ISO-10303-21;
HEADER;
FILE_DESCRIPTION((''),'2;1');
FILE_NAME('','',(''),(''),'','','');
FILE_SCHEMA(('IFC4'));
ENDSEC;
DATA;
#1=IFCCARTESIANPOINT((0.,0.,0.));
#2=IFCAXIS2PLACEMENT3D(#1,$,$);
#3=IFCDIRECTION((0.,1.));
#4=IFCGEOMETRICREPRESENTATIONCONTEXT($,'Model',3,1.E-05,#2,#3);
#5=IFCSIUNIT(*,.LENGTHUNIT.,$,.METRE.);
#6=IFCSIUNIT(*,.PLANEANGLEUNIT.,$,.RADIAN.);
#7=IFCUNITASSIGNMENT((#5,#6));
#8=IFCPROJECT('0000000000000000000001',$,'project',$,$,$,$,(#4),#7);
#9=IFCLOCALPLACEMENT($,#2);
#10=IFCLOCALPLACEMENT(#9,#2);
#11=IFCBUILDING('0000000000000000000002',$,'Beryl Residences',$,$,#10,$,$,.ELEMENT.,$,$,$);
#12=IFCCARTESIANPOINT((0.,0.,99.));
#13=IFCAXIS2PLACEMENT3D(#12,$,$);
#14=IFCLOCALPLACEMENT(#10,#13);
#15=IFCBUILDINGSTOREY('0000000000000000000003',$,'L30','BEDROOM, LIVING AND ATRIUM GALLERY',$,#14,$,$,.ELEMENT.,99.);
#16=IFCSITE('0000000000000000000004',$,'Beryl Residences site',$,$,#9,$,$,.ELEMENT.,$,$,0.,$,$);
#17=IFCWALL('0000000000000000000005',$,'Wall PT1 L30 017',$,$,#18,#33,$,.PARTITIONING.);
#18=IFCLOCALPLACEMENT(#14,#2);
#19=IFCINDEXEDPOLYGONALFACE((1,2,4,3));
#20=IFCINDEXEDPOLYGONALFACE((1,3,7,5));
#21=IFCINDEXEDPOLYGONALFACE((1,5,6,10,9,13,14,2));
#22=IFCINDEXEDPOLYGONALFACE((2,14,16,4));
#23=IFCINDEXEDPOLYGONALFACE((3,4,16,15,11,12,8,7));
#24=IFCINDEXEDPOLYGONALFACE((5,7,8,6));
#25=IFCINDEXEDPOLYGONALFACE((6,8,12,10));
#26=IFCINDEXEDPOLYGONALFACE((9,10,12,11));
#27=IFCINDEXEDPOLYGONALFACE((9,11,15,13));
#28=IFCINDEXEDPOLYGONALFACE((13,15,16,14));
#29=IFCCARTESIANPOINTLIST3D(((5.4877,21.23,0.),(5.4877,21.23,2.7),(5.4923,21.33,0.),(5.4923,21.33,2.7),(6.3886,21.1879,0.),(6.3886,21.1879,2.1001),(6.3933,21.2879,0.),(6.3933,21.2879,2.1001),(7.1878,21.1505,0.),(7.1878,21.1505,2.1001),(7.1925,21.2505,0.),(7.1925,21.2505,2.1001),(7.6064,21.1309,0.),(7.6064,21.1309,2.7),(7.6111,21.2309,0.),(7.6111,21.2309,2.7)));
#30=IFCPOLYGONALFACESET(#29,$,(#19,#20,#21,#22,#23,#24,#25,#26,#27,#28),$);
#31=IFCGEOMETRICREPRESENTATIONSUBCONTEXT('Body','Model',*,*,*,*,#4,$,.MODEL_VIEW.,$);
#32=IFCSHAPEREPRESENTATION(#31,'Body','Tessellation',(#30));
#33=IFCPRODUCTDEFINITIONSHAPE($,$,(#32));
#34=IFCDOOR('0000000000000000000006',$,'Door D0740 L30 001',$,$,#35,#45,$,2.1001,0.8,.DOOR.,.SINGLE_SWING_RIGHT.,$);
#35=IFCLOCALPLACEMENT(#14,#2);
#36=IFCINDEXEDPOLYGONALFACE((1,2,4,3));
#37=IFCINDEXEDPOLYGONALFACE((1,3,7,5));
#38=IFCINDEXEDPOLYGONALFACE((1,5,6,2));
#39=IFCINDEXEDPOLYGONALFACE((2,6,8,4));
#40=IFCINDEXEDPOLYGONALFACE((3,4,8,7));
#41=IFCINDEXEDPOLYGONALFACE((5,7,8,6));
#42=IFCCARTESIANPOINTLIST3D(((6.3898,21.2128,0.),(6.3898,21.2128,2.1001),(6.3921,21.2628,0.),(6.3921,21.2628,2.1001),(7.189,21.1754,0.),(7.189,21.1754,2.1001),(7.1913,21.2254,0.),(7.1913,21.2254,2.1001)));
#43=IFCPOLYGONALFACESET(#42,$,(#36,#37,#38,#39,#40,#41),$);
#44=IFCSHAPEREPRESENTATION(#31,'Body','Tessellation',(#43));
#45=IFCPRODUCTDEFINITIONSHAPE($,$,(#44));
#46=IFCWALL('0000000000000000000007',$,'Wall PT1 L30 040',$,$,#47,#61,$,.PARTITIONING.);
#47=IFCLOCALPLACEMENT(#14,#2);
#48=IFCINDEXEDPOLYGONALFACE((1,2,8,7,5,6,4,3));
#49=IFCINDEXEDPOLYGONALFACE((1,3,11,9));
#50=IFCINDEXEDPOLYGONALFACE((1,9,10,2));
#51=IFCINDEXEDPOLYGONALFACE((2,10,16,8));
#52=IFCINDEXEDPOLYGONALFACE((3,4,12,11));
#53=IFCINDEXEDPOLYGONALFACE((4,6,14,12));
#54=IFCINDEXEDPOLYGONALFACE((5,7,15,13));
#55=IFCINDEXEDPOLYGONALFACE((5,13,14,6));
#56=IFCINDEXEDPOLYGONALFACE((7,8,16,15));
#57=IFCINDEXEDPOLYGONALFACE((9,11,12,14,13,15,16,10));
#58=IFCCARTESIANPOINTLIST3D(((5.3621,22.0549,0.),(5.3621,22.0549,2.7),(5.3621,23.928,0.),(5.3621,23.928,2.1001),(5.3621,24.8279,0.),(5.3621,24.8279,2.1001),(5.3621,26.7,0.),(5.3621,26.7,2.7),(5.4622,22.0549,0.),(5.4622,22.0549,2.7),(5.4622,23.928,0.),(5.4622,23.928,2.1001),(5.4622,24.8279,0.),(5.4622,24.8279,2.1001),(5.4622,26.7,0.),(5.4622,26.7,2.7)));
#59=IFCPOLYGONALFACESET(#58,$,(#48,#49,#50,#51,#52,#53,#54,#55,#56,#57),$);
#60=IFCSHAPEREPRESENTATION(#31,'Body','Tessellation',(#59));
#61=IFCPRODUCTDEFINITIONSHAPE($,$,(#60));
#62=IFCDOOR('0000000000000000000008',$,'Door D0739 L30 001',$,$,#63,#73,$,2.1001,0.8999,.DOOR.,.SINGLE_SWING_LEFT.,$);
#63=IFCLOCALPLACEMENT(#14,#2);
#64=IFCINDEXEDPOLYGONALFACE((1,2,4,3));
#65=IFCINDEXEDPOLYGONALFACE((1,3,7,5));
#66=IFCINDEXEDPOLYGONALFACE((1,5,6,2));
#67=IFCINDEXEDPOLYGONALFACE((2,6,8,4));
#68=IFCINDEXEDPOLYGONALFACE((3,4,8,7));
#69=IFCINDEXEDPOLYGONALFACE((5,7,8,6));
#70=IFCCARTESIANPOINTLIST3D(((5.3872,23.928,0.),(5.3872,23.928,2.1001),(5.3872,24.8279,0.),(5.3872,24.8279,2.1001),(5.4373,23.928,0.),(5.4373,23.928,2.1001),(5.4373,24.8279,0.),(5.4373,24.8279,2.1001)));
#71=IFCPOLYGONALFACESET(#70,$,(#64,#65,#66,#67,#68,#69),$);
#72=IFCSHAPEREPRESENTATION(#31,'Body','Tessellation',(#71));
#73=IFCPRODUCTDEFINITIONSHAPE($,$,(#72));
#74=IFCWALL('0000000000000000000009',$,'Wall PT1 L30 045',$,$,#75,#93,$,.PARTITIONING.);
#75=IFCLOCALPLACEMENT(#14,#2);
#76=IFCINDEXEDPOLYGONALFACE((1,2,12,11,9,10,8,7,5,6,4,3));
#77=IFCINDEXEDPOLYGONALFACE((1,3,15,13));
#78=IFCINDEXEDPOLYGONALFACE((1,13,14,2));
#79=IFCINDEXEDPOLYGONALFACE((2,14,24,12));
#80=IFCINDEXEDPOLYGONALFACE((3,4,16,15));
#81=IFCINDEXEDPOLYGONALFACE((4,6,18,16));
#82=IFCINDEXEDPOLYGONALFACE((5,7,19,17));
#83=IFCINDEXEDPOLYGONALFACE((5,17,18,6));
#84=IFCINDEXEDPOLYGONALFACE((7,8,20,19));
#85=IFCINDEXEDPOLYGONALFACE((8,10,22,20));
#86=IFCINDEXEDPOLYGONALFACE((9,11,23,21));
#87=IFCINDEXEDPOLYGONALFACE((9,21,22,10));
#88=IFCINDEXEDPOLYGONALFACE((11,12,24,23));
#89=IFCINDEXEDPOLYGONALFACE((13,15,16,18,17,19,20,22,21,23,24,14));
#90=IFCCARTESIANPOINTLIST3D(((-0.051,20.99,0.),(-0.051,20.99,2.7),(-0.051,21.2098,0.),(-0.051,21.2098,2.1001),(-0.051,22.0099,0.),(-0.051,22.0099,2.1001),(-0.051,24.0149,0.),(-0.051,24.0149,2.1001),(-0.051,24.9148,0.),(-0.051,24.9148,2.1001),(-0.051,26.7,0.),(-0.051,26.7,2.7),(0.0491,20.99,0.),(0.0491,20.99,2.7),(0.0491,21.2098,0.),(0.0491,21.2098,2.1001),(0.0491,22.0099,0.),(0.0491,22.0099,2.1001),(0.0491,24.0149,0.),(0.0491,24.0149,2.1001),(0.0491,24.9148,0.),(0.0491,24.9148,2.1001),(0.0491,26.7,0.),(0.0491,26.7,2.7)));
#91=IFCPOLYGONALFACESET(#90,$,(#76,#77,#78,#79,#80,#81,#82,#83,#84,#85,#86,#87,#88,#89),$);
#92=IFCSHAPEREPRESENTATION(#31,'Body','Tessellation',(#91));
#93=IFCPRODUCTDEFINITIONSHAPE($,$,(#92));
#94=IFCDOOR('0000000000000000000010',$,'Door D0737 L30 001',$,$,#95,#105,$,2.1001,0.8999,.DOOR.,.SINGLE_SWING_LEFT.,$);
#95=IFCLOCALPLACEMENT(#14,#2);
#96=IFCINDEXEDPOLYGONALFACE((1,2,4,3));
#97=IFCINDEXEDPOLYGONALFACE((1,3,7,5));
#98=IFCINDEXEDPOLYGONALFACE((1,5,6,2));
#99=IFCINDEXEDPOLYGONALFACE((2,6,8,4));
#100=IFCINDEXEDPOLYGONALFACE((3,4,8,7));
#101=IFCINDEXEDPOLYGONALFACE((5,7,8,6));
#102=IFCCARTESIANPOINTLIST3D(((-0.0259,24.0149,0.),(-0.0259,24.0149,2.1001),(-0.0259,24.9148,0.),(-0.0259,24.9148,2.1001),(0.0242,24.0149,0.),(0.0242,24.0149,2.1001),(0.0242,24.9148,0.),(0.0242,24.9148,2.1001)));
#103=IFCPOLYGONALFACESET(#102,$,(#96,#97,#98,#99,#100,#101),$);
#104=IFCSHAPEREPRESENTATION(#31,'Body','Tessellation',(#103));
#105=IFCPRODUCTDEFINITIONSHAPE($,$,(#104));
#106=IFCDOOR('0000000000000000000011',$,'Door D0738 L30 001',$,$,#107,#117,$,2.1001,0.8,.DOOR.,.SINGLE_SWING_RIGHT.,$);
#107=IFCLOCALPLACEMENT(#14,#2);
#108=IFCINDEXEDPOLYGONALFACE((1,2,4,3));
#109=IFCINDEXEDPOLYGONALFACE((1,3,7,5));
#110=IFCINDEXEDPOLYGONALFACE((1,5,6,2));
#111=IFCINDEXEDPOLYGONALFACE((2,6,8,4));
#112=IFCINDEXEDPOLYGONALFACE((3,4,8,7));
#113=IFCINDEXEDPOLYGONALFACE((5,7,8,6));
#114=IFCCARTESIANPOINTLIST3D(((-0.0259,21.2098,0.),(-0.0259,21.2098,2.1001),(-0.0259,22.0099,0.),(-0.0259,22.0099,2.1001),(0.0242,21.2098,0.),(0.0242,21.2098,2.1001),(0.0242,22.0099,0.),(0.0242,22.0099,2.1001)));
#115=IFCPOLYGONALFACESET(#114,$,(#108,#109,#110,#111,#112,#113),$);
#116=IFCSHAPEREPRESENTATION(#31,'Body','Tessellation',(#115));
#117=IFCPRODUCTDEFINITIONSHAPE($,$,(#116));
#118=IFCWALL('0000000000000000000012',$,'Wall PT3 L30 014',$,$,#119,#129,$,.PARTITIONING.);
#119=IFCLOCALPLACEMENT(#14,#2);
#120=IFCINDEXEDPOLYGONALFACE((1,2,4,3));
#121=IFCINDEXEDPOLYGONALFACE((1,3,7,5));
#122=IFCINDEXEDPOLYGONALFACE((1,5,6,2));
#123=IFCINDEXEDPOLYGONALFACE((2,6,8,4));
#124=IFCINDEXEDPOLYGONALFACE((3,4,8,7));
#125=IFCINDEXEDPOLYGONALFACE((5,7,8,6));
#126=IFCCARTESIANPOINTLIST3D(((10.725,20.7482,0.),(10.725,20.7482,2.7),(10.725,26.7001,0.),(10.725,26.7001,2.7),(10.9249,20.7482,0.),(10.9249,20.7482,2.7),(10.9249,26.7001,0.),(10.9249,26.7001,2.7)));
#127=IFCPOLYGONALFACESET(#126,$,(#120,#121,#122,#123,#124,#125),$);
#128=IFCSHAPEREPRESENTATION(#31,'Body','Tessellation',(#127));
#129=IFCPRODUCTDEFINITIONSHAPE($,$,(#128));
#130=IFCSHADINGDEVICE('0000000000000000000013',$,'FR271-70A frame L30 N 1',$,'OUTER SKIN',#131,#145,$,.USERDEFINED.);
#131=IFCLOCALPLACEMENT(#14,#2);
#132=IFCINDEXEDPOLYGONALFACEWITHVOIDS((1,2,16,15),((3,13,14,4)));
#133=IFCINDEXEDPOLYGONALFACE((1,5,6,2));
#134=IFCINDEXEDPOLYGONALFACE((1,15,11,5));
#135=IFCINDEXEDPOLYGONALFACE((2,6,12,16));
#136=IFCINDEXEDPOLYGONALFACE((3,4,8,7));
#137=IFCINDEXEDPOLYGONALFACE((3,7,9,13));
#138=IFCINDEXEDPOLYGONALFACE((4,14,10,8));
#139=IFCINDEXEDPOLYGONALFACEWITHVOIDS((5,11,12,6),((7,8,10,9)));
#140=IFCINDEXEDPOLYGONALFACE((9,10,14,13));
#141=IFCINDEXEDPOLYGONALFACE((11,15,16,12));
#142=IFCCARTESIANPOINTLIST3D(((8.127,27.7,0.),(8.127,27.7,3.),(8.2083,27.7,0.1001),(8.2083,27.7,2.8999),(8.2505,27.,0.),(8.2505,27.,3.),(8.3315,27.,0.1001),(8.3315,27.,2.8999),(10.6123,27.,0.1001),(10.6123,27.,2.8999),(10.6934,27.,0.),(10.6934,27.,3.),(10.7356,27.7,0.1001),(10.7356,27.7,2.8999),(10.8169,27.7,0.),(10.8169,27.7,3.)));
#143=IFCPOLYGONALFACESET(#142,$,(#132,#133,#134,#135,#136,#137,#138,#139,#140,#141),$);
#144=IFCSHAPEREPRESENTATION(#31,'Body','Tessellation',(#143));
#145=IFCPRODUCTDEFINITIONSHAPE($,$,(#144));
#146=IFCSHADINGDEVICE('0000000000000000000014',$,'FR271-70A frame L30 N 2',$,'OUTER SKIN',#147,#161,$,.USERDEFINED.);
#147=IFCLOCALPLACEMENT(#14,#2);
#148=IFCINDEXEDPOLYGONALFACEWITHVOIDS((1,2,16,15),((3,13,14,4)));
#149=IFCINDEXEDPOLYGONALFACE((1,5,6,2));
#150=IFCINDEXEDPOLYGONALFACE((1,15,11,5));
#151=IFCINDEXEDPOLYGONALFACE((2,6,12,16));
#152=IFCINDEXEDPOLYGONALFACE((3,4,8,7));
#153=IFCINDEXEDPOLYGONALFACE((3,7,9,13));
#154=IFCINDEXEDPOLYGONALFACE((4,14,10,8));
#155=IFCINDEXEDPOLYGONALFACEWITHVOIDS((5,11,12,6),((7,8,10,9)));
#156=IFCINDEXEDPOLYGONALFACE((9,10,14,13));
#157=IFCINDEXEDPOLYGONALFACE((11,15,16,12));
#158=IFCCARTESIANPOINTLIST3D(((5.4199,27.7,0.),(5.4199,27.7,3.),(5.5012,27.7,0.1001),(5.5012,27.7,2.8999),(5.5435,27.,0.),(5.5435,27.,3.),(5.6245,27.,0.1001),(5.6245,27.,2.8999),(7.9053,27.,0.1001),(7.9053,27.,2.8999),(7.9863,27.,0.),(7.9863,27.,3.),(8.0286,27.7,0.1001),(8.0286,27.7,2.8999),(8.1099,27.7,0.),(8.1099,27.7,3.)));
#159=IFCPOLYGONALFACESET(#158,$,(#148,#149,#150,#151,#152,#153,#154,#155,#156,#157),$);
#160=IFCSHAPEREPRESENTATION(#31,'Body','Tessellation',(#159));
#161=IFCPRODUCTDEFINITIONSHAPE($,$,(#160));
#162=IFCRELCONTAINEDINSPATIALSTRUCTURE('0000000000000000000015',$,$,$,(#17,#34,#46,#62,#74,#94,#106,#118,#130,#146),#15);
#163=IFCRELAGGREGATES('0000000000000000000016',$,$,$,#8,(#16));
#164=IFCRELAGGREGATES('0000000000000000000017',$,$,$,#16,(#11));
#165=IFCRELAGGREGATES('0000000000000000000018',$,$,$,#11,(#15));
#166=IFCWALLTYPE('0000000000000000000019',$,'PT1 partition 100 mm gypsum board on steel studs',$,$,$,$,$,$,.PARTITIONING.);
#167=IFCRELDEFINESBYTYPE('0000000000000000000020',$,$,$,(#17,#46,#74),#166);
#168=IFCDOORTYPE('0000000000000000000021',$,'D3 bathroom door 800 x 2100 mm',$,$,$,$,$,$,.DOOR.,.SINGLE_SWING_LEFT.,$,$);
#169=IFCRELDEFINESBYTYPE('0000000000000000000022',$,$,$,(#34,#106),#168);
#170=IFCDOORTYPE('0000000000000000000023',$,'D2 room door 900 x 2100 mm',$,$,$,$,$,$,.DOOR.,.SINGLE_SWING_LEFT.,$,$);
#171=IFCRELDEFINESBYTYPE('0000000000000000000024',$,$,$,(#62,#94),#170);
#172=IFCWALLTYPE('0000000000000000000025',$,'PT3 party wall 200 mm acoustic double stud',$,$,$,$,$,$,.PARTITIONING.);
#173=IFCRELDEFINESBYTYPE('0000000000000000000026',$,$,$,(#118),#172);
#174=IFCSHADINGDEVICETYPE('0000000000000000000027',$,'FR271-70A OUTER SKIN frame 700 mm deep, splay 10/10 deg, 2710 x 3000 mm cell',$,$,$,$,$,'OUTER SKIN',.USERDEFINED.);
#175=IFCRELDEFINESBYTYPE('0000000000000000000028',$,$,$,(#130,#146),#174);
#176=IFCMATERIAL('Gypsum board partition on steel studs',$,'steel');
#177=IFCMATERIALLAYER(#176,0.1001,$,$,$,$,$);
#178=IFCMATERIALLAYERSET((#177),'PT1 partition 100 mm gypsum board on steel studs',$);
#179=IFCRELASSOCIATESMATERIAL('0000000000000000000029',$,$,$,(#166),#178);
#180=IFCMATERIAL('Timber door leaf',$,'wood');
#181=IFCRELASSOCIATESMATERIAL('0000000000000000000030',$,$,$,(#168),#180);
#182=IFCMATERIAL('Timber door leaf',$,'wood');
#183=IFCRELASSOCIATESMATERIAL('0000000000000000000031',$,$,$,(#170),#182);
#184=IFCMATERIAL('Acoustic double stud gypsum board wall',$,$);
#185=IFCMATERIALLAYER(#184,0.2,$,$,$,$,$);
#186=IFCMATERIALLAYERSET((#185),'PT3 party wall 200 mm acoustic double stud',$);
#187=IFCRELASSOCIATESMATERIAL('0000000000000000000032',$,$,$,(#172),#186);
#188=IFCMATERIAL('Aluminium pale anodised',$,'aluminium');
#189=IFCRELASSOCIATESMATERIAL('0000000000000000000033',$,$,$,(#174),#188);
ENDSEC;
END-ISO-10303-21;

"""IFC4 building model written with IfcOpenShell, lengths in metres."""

from ifc_helpers import new_model, entity, si_unit, direction, frame, frame_2d, origin, place, context, subcontext, project, spatial, rectangle, extrude, source, transform, mapped, material, layer, layer_set, type_object, type_shapes, element, fill, save


model = new_model("IFC4")

# Units and contexts
model_context = context("Model", 3, precision=1e-05, world=origin(), true_north=direction((0.0, 1.0)))
body_context = subcontext(model_context, "Body", "Model", "MODEL_VIEW")
ifc_project = project(units=[si_unit("LENGTHUNIT", "METRE"), si_unit("PLANEANGLEUNIT", "RADIAN")], contexts=[model_context])

# Site, building, storey
site_placement = place(None, origin())
site = spatial("IfcSite", under=ifc_project, at=site_placement, Name="Beryl Residences site", CompositionType="ELEMENT", RefElevation=0.0)
building_placement = place(site_placement, origin())
building = spatial("IfcBuilding", under=site, at=building_placement, Name="Beryl Residences", CompositionType="ELEMENT")
storey_placement = place(building_placement, frame((0.0, 0.0, 99.0)))
storey = spatial("IfcBuildingStorey", under=building, at=storey_placement, Name="L30", Description="BEDROOM, LIVING AND ATRIUM GALLERY", CompositionType="ELEMENT", Elevation=99.0)

# Shared definitions
ifc_material_1 = material(Name="Gypsum board partition on steel studs", Category="steel")
ifc_layer_1 = layer(ifc_material_1, 0.1001)
ifc_layer_set_1 = layer_set([ifc_layer_1], Name="PT1 partition 100 mm gypsum board on steel studs")
wall_type_1 = type_object("IfcWallType", Name="PT1 partition 100 mm gypsum board on steel studs", PredefinedType="PARTITIONING", material=ifc_layer_set_1)

# Shared definitions
ifc_material_2 = material(Name="Timber door leaf", Category="wood")
door_type_1 = type_object("IfcDoorType", Name="D3 bathroom door 800 x 2100 mm", OperationType="SINGLE_SWING_LEFT", PredefinedType="DOOR", material=ifc_material_2)

# Walls, openings, doors
wall_1_placement = place(storey_placement, frame((5.49, 21.28, 0.0), z_axis=(0.0, 0.0, 1.0), x_axis=(0.998908, -0.046728, 0.0)))
wall_1 = element("IfcWall", 1, at=wall_1_placement, inside=storey, type_object=wall_type_1, Name="Wall PT1 L30 017", PredefinedType="PARTITIONING", context=body_context, shape_type="SweptSolid", body=[
    extrude(rectangle(XDim=2.1211, YDim=0.1001, at=frame_2d((1.0605, 0.0))), origin(), (0.0, 0.0, 1.0), 2.7),
])
opening_1_placement = place(wall_1_placement, frame((0.9021, 0.0, 0.0)))
opening_1 = element("IfcOpeningElement", 2, at=opening_1_placement, cuts=wall_1, PredefinedType="OPENING", context=body_context, shape_type="SweptSolid", body=[
    extrude(rectangle(XDim=0.8, YDim=2.1001, at=frame_2d((0.3999, 1.05))), frame((0.0, 0.0601, 0.0), z_axis=(0.0, -1.0, 0.0), x_axis=(1.0, 0.0, 0.0)), (0.0, 0.0, 1.0), 0.1201),
])
door_1_placement = place(opening_1_placement, origin())
door_1 = element("IfcDoor", 3, at=door_1_placement, inside=storey, type_object=door_type_1, Name="Door D0740 L30 001", OperationType="SINGLE_SWING_RIGHT", OverallHeight=2.1001, OverallWidth=0.8, PredefinedType="DOOR", context=body_context, shape_type="SweptSolid", body=[
    extrude(rectangle(XDim=0.8, YDim=2.1001, at=frame_2d((0.3999, 1.05))), frame((0.0, 0.0249, 0.0), z_axis=(0.0, -1.0, 0.0), x_axis=(1.0, 0.0, 0.0)), (0.0, 0.0, 1.0), 0.05),
])
fill(opening_1, door_1)
wall_2_placement = place(storey_placement, frame((5.4121, 22.0549, 0.0), z_axis=(0.0, 0.0, 1.0), x_axis=(0.0, 1.0, 0.0)))
wall_2 = element("IfcWall", 4, at=wall_2_placement, inside=storey, type_object=wall_type_1, Name="Wall PT1 L30 040", PredefinedType="PARTITIONING", context=body_context, shape_type="SweptSolid", body=[
    extrude(rectangle(XDim=4.645, YDim=0.1001, at=frame_2d((2.3225, 0.0))), origin(), (0.0, 0.0, 1.0), 2.7),
])
opening_2_placement = place(wall_2_placement, frame((1.873, 0.0, 0.0)))
opening_2 = element("IfcOpeningElement", 5, at=opening_2_placement, cuts=wall_2, PredefinedType="OPENING", context=body_context, shape_type="SweptSolid", body=[
    extrude(rectangle(XDim=0.8999, YDim=2.1001, at=frame_2d((0.45, 1.05))), frame((0.0, 0.0601, 0.0), z_axis=(0.0, -1.0, 0.0), x_axis=(1.0, 0.0, 0.0)), (0.0, 0.0, 1.0), 0.1201),
])
ifc_material_3 = material(Name="Timber door leaf", Category="wood")
door_type_2 = type_object("IfcDoorType", Name="D2 room door 900 x 2100 mm", OperationType="SINGLE_SWING_LEFT", PredefinedType="DOOR", material=ifc_material_3)
door_2_placement = place(opening_2_placement, origin())
door_2 = element("IfcDoor", 6, at=door_2_placement, inside=storey, type_object=door_type_2, Name="Door D0739 L30 001", OperationType="SINGLE_SWING_LEFT", OverallHeight=2.1001, OverallWidth=0.8999, PredefinedType="DOOR", context=body_context, shape_type="SweptSolid", body=[
    extrude(rectangle(XDim=0.8999, YDim=2.1001, at=frame_2d((0.45, 1.05))), frame((0.0, 0.0249, 0.0), z_axis=(0.0, -1.0, 0.0), x_axis=(1.0, 0.0, 0.0)), (0.0, 0.0, 1.0), 0.05),
])
fill(opening_2, door_2)

# Wall, openings, doors
wall_3_placement = place(storey_placement, frame((-0.001, 20.99, 0.0), z_axis=(0.0, 0.0, 1.0), x_axis=(0.0, 1.0, 0.0)))
wall_3 = element("IfcWall", 7, at=wall_3_placement, inside=storey, type_object=wall_type_1, Name="Wall PT1 L30 045", PredefinedType="PARTITIONING", context=body_context, shape_type="SweptSolid", body=[
    extrude(rectangle(XDim=5.71, YDim=0.1001, at=frame_2d((2.855, 0.0))), origin(), (0.0, 0.0, 1.0), 2.7),
])
opening_3_placement = place(wall_3_placement, frame((3.0249, 0.0, 0.0)))
opening_3 = element("IfcOpeningElement", 8, at=opening_3_placement, cuts=wall_3, PredefinedType="OPENING", context=body_context, shape_type="SweptSolid", body=[
    extrude(rectangle(XDim=0.8999, YDim=2.1001, at=frame_2d((0.45, 1.05))), frame((0.0, 0.0601, 0.0), z_axis=(0.0, -1.0, 0.0), x_axis=(1.0, 0.0, 0.0)), (0.0, 0.0, 1.0), 0.1201),
])
opening_4_placement = place(wall_3_placement, frame((0.22, 0.0, 0.0)))
opening_4 = element("IfcOpeningElement", 9, at=opening_4_placement, cuts=wall_3, PredefinedType="OPENING", context=body_context, shape_type="SweptSolid", body=[
    extrude(rectangle(XDim=0.8, YDim=2.1001, at=frame_2d((0.3999, 1.05))), frame((0.0, 0.0601, 0.0), z_axis=(0.0, -1.0, 0.0), x_axis=(1.0, 0.0, 0.0)), (0.0, 0.0, 1.0), 0.1201),
])
door_3_placement = place(opening_3_placement, origin())
door_3 = element("IfcDoor", 10, at=door_3_placement, inside=storey, type_object=door_type_2, Name="Door D0737 L30 001", OperationType="SINGLE_SWING_LEFT", OverallHeight=2.1001, OverallWidth=0.8999, PredefinedType="DOOR", context=body_context, shape_type="SweptSolid", body=[
    extrude(rectangle(XDim=0.8999, YDim=2.1001, at=frame_2d((0.45, 1.05))), frame((0.0, 0.0249, 0.0), z_axis=(0.0, -1.0, 0.0), x_axis=(1.0, 0.0, 0.0)), (0.0, 0.0, 1.0), 0.05),
])
fill(opening_3, door_3)
door_4_placement = place(opening_4_placement, origin())
door_4 = element("IfcDoor", 11, at=door_4_placement, inside=storey, type_object=door_type_1, Name="Door D0738 L30 001", OperationType="SINGLE_SWING_RIGHT", OverallHeight=2.1001, OverallWidth=0.8, PredefinedType="DOOR", context=body_context, shape_type="SweptSolid", body=[
    extrude(rectangle(XDim=0.8, YDim=2.1001, at=frame_2d((0.3999, 1.05))), frame((0.0, 0.0249, 0.0), z_axis=(0.0, -1.0, 0.0), x_axis=(1.0, 0.0, 0.0)), (0.0, 0.0, 1.0), 0.05),
])
fill(opening_4, door_4)

# Wall
ifc_material_4 = material(Name="Acoustic double stud gypsum board wall")
ifc_layer_2 = layer(ifc_material_4, 0.2)
ifc_layer_set_2 = layer_set([ifc_layer_2], Name="PT3 party wall 200 mm acoustic double stud")
wall_type_2 = type_object("IfcWallType", Name="PT3 party wall 200 mm acoustic double stud", PredefinedType="PARTITIONING", material=ifc_layer_set_2)
wall_4_placement = place(storey_placement, frame((10.825, 20.748, 0.0), z_axis=(0.0, 0.0, 1.0), x_axis=(0.0, 1.0, 0.0)))
element("IfcWall", 12, at=wall_4_placement, inside=storey, type_object=wall_type_2, Name="Wall PT3 L30 014", PredefinedType="PARTITIONING", context=body_context, shape_type="SweptSolid", body=[
    extrude(rectangle(XDim=5.9519, YDim=0.2, at=frame_2d((2.9761, 0.0))), origin(), (0.0, 0.0, 1.0), 2.7),
])

# Shading devices
ifc_material_5 = material(Name="Aluminium pale anodised", Category="aluminium")
shading_device_type = type_object("IfcShadingDeviceType", Name="FR271-70A OUTER SKIN frame 700 mm deep, splay 10/10 deg, 2710 x 3000 mm cell", ElementType="OUTER SKIN", PredefinedType="USERDEFINED", material=ifc_material_5)
cartesian_point_1 = entity("IfcCartesianPoint", [-1.2214, 0.0])
cartesian_point_2 = entity("IfcCartesianPoint", [-1.1404, 0.1001])
cartesian_point_3 = entity("IfcCartesianPoint", [-1.345, 0.0])
cartesian_point_4 = entity("IfcCartesianPoint", [-1.2637, 0.1001])
shared_shape_1 = source(origin(), body_context, "Body", "SweptSolid", [
    entity("IfcExtrudedAreaSolidTapered", entity("IfcArbitraryProfileDefWithVoids", "AREA", None, entity("IfcPolyline", [cartesian_point_1, entity("IfcCartesianPoint", [1.2214, 0.0]), entity("IfcCartesianPoint", [1.2214, 3.0]), entity("IfcCartesianPoint", [-1.2214, 3.0]), cartesian_point_1]), [entity("IfcPolyline", [cartesian_point_2, entity("IfcCartesianPoint", [1.1404, 0.1001]), entity("IfcCartesianPoint", [1.1404, 2.8999]), entity("IfcCartesianPoint", [-1.1404, 2.8999]), cartesian_point_2])]), entity("IfcAxis2Placement3D", entity("IfcCartesianPoint", [0.0, 0.0, 0.0]), entity("IfcDirection", [0.0, 1.0, 0.0]), entity("IfcDirection", [-1.0, 0.0, 0.0])), entity("IfcDirection", [0.0, 0.0, 1.0]), 0.7, entity("IfcArbitraryProfileDefWithVoids", "AREA", None, entity("IfcPolyline", [cartesian_point_3, entity("IfcCartesianPoint", [1.345, 0.0]), entity("IfcCartesianPoint", [1.345, 3.0]), entity("IfcCartesianPoint", [-1.345, 3.0]), cartesian_point_3]), [entity("IfcPolyline", [cartesian_point_4, entity("IfcCartesianPoint", [1.2637, 0.1001]), entity("IfcCartesianPoint", [1.2637, 2.8999]), entity("IfcCartesianPoint", [-1.2637, 2.8999]), cartesian_point_4])])),
])
type_shapes(shading_device_type, [shared_shape_1])
for number, where, z_axis, x_axis, name in (
    (13, (9.4719, 27.0, 0.0), (0.0, 0.0, 1.0), (1.0, 0.0, 0.0), "FR271-70A frame L30 N 1"),
    (14, (6.7649, 27.0, 0.0), (0.0, 0.0, 1.0), (1.0, 0.0, 0.0), "FR271-70A frame L30 N 2"),
):
    element("IfcShadingDevice", number, at=place(storey_placement, frame(where, z_axis=z_axis, x_axis=x_axis)), inside=storey, type_object=shading_device_type, Name=name, ObjectType="OUTER SKIN", PredefinedType="USERDEFINED", context=body_context, shape_type="MappedRepresentation", body=[
        mapped(shared_shape_1, transform((0.0, 0.0, 0.0))),
    ])

save(model, "model.ifc")
